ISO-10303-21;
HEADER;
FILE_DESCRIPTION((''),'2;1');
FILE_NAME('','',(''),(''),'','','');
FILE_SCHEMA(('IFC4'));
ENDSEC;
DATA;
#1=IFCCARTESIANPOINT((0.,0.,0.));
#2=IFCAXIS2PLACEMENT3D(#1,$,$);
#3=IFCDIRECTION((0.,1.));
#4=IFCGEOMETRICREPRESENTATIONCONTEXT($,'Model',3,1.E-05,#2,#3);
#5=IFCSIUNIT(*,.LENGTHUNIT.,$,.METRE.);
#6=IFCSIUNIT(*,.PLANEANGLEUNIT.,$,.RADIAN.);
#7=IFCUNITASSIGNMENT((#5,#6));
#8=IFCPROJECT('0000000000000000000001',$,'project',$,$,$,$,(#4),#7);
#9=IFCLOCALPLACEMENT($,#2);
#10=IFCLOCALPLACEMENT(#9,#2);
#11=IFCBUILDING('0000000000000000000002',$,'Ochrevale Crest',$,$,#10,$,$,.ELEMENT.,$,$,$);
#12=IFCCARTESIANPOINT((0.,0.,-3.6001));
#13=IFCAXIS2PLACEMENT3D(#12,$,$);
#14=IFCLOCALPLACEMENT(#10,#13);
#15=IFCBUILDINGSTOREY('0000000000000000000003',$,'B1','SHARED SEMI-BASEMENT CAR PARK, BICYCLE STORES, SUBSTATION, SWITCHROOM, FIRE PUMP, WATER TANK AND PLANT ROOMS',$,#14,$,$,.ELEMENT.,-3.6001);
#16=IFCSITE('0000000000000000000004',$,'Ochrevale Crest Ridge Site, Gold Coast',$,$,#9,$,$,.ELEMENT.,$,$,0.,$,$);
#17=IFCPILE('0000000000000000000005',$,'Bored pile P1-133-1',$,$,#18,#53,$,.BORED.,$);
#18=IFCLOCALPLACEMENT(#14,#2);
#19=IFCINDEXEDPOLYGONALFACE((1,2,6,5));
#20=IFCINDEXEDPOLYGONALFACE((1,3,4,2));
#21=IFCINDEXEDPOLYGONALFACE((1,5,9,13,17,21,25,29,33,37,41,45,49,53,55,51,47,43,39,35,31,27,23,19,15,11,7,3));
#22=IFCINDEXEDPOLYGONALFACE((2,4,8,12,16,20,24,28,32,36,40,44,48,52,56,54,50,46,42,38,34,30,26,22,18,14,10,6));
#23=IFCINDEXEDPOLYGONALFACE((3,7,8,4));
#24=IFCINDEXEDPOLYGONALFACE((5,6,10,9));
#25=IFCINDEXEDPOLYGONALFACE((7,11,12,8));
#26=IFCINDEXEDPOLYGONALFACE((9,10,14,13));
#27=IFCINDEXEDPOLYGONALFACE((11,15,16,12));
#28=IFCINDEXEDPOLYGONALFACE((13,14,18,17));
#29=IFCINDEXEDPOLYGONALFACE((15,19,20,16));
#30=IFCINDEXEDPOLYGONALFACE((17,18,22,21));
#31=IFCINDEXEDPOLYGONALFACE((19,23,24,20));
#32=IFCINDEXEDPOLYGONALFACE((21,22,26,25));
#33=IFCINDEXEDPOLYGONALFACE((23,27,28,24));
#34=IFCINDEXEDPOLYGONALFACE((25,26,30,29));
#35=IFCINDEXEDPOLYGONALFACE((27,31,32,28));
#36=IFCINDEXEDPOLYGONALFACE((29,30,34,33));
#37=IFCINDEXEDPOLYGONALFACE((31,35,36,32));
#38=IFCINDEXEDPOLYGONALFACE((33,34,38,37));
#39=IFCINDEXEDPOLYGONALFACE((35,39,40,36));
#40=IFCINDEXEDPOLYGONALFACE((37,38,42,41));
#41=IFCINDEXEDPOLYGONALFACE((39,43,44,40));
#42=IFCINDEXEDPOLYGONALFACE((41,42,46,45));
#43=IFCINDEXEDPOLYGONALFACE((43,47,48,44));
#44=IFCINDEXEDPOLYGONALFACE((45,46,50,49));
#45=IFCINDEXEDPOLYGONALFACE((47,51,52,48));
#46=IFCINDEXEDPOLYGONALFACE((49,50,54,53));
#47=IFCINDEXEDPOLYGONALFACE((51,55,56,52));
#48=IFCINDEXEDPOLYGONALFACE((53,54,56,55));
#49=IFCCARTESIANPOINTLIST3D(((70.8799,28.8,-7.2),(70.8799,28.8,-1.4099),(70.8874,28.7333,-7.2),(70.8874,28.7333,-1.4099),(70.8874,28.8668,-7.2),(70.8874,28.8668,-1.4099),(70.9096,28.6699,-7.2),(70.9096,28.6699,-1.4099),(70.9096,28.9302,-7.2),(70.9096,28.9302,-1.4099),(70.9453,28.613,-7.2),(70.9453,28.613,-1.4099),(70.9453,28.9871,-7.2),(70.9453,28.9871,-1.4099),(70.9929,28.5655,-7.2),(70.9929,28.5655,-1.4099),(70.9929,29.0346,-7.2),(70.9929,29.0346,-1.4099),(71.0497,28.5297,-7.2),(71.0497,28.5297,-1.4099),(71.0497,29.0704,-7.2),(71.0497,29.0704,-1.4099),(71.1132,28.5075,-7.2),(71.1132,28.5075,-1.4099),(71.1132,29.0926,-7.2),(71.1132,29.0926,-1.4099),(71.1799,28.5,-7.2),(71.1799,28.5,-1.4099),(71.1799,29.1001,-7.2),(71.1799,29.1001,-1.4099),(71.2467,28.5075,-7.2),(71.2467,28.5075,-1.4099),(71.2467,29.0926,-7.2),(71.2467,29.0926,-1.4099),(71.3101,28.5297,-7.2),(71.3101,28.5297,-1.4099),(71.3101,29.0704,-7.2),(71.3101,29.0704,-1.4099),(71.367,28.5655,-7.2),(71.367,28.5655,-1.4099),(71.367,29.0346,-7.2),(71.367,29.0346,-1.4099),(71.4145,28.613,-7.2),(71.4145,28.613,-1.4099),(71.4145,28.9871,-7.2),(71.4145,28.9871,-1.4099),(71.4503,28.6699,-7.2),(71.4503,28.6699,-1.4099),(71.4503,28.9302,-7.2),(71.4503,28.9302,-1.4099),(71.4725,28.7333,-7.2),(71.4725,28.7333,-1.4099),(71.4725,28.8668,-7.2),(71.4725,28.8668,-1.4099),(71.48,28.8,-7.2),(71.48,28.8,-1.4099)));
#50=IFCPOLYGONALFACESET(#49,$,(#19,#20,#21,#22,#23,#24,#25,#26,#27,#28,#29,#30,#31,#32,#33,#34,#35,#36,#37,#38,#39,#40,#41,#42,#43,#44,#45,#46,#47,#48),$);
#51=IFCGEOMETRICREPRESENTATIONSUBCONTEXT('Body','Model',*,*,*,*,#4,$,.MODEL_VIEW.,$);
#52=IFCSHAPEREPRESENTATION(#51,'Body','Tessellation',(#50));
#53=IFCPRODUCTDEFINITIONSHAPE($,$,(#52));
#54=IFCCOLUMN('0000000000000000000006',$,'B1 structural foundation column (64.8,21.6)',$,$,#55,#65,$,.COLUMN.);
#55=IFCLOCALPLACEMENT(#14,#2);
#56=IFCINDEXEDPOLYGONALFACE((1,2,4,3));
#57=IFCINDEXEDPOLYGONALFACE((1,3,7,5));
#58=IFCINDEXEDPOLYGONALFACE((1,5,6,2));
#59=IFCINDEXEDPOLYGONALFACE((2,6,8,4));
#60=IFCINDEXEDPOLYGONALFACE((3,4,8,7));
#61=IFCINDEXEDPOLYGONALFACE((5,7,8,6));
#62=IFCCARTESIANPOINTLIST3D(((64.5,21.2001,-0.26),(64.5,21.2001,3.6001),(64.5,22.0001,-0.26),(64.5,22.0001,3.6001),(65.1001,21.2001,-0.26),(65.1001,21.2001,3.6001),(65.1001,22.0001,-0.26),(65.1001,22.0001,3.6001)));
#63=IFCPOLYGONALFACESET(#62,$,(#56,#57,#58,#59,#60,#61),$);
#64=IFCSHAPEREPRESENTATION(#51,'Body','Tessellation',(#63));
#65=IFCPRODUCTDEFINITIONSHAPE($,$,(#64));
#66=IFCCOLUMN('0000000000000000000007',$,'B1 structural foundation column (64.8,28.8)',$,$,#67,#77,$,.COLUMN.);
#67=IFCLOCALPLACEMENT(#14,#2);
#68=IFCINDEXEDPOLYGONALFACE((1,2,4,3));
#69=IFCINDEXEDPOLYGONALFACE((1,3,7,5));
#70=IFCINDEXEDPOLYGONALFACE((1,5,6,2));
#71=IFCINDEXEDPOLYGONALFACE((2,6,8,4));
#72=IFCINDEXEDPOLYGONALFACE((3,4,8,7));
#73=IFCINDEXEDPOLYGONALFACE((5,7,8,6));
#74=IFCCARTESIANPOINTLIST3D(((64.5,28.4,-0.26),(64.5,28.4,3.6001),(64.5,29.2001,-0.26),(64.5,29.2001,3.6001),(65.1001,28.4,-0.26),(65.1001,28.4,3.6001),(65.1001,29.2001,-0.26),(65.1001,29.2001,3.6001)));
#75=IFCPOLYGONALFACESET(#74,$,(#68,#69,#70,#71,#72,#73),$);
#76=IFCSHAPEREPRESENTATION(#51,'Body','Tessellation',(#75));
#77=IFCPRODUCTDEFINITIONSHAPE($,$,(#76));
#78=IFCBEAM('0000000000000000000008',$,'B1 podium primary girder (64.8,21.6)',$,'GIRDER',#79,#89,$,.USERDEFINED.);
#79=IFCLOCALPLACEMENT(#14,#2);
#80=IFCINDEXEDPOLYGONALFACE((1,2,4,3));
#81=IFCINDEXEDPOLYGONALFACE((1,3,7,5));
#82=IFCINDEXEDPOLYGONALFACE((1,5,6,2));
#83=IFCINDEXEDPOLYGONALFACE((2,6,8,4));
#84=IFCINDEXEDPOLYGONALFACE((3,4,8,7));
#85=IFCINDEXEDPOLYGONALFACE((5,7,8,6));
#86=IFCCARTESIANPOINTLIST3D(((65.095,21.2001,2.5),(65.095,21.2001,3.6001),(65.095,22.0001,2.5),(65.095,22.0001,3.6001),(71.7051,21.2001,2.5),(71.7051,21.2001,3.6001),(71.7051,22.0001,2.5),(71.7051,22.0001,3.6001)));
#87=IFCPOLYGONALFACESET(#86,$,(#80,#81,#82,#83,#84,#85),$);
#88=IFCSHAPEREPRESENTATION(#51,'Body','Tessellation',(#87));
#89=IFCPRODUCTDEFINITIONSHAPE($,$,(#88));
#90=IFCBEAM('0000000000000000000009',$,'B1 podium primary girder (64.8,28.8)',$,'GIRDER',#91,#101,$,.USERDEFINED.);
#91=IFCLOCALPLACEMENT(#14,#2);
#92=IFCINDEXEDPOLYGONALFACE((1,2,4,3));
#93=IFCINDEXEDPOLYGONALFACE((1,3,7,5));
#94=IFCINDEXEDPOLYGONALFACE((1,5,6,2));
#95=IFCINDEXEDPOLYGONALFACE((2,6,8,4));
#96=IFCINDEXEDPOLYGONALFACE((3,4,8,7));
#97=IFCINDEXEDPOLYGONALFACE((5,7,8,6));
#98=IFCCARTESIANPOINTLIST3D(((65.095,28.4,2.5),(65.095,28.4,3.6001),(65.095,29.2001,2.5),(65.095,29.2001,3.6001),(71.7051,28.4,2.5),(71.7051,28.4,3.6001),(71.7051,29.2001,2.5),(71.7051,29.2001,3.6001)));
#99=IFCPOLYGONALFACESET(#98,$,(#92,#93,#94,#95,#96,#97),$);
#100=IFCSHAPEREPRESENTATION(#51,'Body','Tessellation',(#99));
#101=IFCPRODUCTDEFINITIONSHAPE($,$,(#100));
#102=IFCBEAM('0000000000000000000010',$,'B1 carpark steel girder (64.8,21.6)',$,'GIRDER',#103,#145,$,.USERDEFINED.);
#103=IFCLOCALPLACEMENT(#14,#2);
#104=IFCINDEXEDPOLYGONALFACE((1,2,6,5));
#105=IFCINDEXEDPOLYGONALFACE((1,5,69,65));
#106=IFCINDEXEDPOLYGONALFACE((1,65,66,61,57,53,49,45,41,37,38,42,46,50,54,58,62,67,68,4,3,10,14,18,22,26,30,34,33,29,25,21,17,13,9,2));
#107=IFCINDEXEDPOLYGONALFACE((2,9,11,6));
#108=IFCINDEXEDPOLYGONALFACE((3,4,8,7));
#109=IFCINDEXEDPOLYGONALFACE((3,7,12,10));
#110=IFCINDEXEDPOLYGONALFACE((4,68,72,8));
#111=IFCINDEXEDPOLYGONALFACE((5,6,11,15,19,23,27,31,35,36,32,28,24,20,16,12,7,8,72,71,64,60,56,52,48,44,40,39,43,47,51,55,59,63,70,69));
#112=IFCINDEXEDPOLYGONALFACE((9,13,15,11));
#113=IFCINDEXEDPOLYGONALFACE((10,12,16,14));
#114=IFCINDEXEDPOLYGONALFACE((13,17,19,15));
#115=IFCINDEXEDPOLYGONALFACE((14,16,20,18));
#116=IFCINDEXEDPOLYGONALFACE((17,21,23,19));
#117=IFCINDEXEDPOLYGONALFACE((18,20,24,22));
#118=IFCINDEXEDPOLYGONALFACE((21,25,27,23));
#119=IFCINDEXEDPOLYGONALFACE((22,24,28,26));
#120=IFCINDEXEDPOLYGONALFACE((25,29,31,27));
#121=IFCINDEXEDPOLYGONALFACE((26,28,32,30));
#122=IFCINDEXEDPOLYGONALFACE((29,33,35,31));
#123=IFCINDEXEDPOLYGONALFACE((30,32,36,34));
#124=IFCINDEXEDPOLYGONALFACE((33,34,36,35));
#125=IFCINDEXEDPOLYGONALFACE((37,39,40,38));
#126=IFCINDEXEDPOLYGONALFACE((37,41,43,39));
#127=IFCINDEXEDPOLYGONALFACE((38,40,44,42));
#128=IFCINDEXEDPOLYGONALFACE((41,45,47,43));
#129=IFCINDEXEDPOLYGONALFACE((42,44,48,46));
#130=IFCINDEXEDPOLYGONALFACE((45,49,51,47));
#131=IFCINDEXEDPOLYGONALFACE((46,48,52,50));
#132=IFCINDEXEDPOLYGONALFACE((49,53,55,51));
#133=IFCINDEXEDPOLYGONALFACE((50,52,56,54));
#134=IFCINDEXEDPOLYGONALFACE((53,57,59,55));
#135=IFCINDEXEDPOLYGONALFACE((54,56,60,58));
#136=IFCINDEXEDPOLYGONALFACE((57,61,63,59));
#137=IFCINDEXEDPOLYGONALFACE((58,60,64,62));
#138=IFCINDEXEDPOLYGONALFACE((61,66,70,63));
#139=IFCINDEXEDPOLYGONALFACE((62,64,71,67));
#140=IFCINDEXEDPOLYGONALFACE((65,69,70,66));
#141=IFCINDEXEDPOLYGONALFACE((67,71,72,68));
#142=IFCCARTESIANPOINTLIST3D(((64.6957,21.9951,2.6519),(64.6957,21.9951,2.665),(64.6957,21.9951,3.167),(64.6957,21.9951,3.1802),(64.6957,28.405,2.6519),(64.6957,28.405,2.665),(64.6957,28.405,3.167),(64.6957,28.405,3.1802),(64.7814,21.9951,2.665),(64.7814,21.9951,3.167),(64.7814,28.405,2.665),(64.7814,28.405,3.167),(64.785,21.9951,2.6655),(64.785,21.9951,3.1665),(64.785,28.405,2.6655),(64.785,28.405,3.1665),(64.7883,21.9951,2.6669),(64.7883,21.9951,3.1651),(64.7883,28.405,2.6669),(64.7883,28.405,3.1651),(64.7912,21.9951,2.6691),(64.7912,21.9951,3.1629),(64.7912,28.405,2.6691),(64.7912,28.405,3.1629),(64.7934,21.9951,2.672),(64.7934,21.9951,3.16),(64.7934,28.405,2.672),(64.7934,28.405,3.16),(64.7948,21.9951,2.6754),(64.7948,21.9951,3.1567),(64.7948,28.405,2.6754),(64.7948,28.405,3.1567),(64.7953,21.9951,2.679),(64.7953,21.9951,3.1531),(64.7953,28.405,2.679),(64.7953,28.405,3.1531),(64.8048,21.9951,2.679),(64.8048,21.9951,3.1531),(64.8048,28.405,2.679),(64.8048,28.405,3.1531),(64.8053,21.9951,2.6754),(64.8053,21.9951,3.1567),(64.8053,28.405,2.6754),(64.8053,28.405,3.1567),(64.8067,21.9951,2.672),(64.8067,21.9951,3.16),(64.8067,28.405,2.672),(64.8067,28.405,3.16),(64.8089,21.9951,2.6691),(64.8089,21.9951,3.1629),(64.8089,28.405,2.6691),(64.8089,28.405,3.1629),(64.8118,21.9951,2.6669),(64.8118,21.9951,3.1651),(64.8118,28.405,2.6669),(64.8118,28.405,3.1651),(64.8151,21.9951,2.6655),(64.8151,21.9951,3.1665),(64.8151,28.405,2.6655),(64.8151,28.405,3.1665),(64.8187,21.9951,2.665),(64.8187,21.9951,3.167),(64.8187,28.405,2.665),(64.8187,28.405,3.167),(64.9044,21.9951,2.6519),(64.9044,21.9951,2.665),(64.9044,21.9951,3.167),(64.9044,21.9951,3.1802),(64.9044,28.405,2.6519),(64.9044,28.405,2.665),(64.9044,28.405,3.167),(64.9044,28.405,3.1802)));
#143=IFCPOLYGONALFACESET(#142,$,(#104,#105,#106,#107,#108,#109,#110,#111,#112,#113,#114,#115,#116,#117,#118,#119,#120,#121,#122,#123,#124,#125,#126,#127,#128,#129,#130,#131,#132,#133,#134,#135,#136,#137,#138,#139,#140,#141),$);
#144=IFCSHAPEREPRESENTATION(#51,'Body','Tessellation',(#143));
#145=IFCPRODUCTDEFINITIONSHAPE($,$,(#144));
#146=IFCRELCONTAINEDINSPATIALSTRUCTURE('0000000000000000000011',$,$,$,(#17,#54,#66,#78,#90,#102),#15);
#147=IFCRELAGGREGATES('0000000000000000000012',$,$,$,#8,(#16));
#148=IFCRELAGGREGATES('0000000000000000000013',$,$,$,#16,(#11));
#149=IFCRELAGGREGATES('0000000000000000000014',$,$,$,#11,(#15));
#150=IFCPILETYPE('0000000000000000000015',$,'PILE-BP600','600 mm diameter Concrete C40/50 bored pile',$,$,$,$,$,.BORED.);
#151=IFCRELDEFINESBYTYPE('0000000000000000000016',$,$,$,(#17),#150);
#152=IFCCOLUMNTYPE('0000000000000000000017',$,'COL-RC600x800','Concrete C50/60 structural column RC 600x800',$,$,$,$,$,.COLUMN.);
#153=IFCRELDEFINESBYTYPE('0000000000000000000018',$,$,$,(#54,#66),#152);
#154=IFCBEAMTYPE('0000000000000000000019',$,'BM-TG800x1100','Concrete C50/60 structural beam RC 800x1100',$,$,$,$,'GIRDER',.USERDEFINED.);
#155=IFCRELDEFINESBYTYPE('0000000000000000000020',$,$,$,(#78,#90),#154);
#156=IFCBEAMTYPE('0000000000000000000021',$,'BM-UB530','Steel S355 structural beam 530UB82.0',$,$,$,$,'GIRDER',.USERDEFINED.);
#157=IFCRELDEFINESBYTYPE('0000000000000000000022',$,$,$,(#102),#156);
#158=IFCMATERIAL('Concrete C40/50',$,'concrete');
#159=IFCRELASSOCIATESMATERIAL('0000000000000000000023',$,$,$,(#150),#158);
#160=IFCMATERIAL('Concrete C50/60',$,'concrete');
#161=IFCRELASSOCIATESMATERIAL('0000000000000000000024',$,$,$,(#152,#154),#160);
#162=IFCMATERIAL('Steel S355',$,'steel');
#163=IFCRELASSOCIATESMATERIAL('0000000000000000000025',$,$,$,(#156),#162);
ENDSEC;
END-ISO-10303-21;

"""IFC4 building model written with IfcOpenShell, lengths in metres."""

from ifc_helpers import new_model, si_unit, direction, frame, origin, origin_2d, place, context, subcontext, project, spatial, rectangle, circle, i_section, extrude, material, material_profile, profile_set, type_object, element, save


model = new_model("IFC4")

# Units and contexts
model_context = context("Model", 3, precision=1e-05, world=origin(), true_north=direction((0.0, 1.0)))
body_context = subcontext(model_context, "Body", "Model", "MODEL_VIEW")
ifc_project = project(units=[si_unit("LENGTHUNIT", "METRE"), si_unit("PLANEANGLEUNIT", "RADIAN")], contexts=[model_context])

# Site, building, storey
site_placement = place(None, origin())
site = spatial("IfcSite", under=ifc_project, at=site_placement, Name="Ochrevale Crest Ridge Site, Gold Coast", CompositionType="ELEMENT", RefElevation=0.0)
building_placement = place(site_placement, origin())
building = spatial("IfcBuilding", under=site, at=building_placement, Name="Ochrevale Crest", CompositionType="ELEMENT")
storey_placement = place(building_placement, frame((0.0, 0.0, -3.6001)))
storey = spatial("IfcBuildingStorey", under=building, at=storey_placement, Name="B1", Description="SHARED SEMI-BASEMENT CAR PARK, BICYCLE STORES, SUBSTATION, SWITCHROOM, FIRE PUMP, WATER TANK AND PLANT ROOMS", CompositionType="ELEMENT", Elevation=-3.6001)

# Shared definitions
ifc_material_1 = material(Name="Concrete C40/50", Category="concrete")

# Pile
ifc_material_profile_1 = material_profile(ifc_material_1, circle(Radius=0.3, at=origin_2d()), Name="BORED PILE 600")
ifc_profile_set_1 = profile_set([ifc_material_profile_1], Name="Concrete C40/50")
pile_type = type_object("IfcPileType", Name="PILE-BP600", Description="600 mm diameter Concrete C40/50 bored pile", PredefinedType="BORED", material=ifc_profile_set_1)
for number, where, z_axis, x_axis, name in (
    (1, (71.1799, 28.8, -1.4099), (0.0, 0.0, -1.0), (1.0, 0.0, 0.0), "Bored pile P1-133-1"),
):
    element("IfcPile", number, at=place(storey_placement, frame(where, z_axis=z_axis, x_axis=x_axis)), inside=storey, type_object=pile_type, Name=name, PredefinedType="BORED", context=body_context, shape_type="SweptSolid", body=[
        extrude(circle(Radius=0.3, at=origin_2d()), origin(), (0.0, 0.0, 1.0), 5.79),
    ])

# Columns
ifc_material_2 = material(Name="Concrete C50/60", Category="concrete")
ifc_material_profile_2 = material_profile(ifc_material_2, rectangle(XDim=0.6001, YDim=0.8, at=origin_2d()), Name="RC 600x800")
ifc_profile_set_2 = profile_set([ifc_material_profile_2], Name="Concrete C50/60")
column_type = type_object("IfcColumnType", Name="COL-RC600x800", Description="Concrete C50/60 structural column RC 600x800", PredefinedType="COLUMN", material=ifc_profile_set_2)
for number, where, z_axis, x_axis, name in (
    (2, (64.8, 21.6001, -0.26), (0.0, 0.0, 1.0), (1.0, 0.0, 0.0), "B1 structural foundation column (64.8,21.6)"),
    (3, (64.8, 28.8, -0.26), (0.0, 0.0, 1.0), (1.0, 0.0, 0.0), "B1 structural foundation column (64.8,28.8)"),
):
    element("IfcColumn", number, at=place(storey_placement, frame(where, z_axis=z_axis, x_axis=x_axis)), inside=storey, type_object=column_type, Name=name, PredefinedType="COLUMN", context=body_context, shape_type="SweptSolid", body=[
        extrude(rectangle(XDim=0.6001, YDim=0.8, at=origin_2d()), origin(), (0.0, 0.0, 1.0), 3.8601),
    ])

# Beams
ifc_material_profile_3 = material_profile(ifc_material_2, rectangle(XDim=0.8, YDim=1.1001, at=origin_2d()), Name="RC 800x1100")
ifc_profile_set_3 = profile_set([ifc_material_profile_3], Name="Concrete C50/60")
beam_type_1 = type_object("IfcBeamType", Name="BM-TG800x1100", Description="Concrete C50/60 structural beam RC 800x1100", ElementType="GIRDER", PredefinedType="USERDEFINED", material=ifc_profile_set_3)
for number, where, z_axis, x_axis, name in (
    (4, (65.095, 21.6001, 3.05), (1.0, 0.0, 0.0), (0.0, 1.0, 0.0), "B1 podium primary girder (64.8,21.6)"),
    (5, (65.095, 28.8, 3.05), (1.0, 0.0, 0.0), (0.0, 1.0, 0.0), "B1 podium primary girder (64.8,28.8)"),
):
    element("IfcBeam", number, at=place(storey_placement, frame(where, z_axis=z_axis, x_axis=x_axis)), inside=storey, type_object=beam_type_1, Name=name, ObjectType="GIRDER", PredefinedType="USERDEFINED", context=body_context, shape_type="SweptSolid", body=[
        extrude(rectangle(XDim=0.8, YDim=1.1001, at=origin_2d()), origin(), (0.0, 0.0, 1.0), 6.6101),
    ])
ifc_material_3 = material(Name="Steel S355", Category="steel")
ifc_material_profile_4 = material_profile(ifc_material_3, i_section(OverallWidth=0.2087, OverallDepth=0.5283, WebThickness=0.0095, FlangeThickness=0.0132, FilletRadius=0.0139, at=origin_2d()), Name="530UB82.0")
ifc_profile_set_4 = profile_set([ifc_material_profile_4], Name="Steel S355")
beam_type_2 = type_object("IfcBeamType", Name="BM-UB530", Description="Steel S355 structural beam 530UB82.0", ElementType="GIRDER", PredefinedType="USERDEFINED", material=ifc_profile_set_4)
beam_placement = place(storey_placement, frame((64.8, 21.9951, 2.916), z_axis=(0.0, 1.0, 0.0), x_axis=(-1.0, 0.0, 0.0)))
element("IfcBeam", 6, at=beam_placement, inside=storey, type_object=beam_type_2, Name="B1 carpark steel girder (64.8,21.6)", ObjectType="GIRDER", PredefinedType="USERDEFINED", context=body_context, shape_type="SweptSolid", body=[
    extrude(i_section(OverallWidth=0.2087, OverallDepth=0.5283, WebThickness=0.0095, FlangeThickness=0.0132, FilletRadius=0.0139, at=origin_2d()), origin(), (0.0, 0.0, 1.0), 6.4099),
])

save(model, "model.ifc")
